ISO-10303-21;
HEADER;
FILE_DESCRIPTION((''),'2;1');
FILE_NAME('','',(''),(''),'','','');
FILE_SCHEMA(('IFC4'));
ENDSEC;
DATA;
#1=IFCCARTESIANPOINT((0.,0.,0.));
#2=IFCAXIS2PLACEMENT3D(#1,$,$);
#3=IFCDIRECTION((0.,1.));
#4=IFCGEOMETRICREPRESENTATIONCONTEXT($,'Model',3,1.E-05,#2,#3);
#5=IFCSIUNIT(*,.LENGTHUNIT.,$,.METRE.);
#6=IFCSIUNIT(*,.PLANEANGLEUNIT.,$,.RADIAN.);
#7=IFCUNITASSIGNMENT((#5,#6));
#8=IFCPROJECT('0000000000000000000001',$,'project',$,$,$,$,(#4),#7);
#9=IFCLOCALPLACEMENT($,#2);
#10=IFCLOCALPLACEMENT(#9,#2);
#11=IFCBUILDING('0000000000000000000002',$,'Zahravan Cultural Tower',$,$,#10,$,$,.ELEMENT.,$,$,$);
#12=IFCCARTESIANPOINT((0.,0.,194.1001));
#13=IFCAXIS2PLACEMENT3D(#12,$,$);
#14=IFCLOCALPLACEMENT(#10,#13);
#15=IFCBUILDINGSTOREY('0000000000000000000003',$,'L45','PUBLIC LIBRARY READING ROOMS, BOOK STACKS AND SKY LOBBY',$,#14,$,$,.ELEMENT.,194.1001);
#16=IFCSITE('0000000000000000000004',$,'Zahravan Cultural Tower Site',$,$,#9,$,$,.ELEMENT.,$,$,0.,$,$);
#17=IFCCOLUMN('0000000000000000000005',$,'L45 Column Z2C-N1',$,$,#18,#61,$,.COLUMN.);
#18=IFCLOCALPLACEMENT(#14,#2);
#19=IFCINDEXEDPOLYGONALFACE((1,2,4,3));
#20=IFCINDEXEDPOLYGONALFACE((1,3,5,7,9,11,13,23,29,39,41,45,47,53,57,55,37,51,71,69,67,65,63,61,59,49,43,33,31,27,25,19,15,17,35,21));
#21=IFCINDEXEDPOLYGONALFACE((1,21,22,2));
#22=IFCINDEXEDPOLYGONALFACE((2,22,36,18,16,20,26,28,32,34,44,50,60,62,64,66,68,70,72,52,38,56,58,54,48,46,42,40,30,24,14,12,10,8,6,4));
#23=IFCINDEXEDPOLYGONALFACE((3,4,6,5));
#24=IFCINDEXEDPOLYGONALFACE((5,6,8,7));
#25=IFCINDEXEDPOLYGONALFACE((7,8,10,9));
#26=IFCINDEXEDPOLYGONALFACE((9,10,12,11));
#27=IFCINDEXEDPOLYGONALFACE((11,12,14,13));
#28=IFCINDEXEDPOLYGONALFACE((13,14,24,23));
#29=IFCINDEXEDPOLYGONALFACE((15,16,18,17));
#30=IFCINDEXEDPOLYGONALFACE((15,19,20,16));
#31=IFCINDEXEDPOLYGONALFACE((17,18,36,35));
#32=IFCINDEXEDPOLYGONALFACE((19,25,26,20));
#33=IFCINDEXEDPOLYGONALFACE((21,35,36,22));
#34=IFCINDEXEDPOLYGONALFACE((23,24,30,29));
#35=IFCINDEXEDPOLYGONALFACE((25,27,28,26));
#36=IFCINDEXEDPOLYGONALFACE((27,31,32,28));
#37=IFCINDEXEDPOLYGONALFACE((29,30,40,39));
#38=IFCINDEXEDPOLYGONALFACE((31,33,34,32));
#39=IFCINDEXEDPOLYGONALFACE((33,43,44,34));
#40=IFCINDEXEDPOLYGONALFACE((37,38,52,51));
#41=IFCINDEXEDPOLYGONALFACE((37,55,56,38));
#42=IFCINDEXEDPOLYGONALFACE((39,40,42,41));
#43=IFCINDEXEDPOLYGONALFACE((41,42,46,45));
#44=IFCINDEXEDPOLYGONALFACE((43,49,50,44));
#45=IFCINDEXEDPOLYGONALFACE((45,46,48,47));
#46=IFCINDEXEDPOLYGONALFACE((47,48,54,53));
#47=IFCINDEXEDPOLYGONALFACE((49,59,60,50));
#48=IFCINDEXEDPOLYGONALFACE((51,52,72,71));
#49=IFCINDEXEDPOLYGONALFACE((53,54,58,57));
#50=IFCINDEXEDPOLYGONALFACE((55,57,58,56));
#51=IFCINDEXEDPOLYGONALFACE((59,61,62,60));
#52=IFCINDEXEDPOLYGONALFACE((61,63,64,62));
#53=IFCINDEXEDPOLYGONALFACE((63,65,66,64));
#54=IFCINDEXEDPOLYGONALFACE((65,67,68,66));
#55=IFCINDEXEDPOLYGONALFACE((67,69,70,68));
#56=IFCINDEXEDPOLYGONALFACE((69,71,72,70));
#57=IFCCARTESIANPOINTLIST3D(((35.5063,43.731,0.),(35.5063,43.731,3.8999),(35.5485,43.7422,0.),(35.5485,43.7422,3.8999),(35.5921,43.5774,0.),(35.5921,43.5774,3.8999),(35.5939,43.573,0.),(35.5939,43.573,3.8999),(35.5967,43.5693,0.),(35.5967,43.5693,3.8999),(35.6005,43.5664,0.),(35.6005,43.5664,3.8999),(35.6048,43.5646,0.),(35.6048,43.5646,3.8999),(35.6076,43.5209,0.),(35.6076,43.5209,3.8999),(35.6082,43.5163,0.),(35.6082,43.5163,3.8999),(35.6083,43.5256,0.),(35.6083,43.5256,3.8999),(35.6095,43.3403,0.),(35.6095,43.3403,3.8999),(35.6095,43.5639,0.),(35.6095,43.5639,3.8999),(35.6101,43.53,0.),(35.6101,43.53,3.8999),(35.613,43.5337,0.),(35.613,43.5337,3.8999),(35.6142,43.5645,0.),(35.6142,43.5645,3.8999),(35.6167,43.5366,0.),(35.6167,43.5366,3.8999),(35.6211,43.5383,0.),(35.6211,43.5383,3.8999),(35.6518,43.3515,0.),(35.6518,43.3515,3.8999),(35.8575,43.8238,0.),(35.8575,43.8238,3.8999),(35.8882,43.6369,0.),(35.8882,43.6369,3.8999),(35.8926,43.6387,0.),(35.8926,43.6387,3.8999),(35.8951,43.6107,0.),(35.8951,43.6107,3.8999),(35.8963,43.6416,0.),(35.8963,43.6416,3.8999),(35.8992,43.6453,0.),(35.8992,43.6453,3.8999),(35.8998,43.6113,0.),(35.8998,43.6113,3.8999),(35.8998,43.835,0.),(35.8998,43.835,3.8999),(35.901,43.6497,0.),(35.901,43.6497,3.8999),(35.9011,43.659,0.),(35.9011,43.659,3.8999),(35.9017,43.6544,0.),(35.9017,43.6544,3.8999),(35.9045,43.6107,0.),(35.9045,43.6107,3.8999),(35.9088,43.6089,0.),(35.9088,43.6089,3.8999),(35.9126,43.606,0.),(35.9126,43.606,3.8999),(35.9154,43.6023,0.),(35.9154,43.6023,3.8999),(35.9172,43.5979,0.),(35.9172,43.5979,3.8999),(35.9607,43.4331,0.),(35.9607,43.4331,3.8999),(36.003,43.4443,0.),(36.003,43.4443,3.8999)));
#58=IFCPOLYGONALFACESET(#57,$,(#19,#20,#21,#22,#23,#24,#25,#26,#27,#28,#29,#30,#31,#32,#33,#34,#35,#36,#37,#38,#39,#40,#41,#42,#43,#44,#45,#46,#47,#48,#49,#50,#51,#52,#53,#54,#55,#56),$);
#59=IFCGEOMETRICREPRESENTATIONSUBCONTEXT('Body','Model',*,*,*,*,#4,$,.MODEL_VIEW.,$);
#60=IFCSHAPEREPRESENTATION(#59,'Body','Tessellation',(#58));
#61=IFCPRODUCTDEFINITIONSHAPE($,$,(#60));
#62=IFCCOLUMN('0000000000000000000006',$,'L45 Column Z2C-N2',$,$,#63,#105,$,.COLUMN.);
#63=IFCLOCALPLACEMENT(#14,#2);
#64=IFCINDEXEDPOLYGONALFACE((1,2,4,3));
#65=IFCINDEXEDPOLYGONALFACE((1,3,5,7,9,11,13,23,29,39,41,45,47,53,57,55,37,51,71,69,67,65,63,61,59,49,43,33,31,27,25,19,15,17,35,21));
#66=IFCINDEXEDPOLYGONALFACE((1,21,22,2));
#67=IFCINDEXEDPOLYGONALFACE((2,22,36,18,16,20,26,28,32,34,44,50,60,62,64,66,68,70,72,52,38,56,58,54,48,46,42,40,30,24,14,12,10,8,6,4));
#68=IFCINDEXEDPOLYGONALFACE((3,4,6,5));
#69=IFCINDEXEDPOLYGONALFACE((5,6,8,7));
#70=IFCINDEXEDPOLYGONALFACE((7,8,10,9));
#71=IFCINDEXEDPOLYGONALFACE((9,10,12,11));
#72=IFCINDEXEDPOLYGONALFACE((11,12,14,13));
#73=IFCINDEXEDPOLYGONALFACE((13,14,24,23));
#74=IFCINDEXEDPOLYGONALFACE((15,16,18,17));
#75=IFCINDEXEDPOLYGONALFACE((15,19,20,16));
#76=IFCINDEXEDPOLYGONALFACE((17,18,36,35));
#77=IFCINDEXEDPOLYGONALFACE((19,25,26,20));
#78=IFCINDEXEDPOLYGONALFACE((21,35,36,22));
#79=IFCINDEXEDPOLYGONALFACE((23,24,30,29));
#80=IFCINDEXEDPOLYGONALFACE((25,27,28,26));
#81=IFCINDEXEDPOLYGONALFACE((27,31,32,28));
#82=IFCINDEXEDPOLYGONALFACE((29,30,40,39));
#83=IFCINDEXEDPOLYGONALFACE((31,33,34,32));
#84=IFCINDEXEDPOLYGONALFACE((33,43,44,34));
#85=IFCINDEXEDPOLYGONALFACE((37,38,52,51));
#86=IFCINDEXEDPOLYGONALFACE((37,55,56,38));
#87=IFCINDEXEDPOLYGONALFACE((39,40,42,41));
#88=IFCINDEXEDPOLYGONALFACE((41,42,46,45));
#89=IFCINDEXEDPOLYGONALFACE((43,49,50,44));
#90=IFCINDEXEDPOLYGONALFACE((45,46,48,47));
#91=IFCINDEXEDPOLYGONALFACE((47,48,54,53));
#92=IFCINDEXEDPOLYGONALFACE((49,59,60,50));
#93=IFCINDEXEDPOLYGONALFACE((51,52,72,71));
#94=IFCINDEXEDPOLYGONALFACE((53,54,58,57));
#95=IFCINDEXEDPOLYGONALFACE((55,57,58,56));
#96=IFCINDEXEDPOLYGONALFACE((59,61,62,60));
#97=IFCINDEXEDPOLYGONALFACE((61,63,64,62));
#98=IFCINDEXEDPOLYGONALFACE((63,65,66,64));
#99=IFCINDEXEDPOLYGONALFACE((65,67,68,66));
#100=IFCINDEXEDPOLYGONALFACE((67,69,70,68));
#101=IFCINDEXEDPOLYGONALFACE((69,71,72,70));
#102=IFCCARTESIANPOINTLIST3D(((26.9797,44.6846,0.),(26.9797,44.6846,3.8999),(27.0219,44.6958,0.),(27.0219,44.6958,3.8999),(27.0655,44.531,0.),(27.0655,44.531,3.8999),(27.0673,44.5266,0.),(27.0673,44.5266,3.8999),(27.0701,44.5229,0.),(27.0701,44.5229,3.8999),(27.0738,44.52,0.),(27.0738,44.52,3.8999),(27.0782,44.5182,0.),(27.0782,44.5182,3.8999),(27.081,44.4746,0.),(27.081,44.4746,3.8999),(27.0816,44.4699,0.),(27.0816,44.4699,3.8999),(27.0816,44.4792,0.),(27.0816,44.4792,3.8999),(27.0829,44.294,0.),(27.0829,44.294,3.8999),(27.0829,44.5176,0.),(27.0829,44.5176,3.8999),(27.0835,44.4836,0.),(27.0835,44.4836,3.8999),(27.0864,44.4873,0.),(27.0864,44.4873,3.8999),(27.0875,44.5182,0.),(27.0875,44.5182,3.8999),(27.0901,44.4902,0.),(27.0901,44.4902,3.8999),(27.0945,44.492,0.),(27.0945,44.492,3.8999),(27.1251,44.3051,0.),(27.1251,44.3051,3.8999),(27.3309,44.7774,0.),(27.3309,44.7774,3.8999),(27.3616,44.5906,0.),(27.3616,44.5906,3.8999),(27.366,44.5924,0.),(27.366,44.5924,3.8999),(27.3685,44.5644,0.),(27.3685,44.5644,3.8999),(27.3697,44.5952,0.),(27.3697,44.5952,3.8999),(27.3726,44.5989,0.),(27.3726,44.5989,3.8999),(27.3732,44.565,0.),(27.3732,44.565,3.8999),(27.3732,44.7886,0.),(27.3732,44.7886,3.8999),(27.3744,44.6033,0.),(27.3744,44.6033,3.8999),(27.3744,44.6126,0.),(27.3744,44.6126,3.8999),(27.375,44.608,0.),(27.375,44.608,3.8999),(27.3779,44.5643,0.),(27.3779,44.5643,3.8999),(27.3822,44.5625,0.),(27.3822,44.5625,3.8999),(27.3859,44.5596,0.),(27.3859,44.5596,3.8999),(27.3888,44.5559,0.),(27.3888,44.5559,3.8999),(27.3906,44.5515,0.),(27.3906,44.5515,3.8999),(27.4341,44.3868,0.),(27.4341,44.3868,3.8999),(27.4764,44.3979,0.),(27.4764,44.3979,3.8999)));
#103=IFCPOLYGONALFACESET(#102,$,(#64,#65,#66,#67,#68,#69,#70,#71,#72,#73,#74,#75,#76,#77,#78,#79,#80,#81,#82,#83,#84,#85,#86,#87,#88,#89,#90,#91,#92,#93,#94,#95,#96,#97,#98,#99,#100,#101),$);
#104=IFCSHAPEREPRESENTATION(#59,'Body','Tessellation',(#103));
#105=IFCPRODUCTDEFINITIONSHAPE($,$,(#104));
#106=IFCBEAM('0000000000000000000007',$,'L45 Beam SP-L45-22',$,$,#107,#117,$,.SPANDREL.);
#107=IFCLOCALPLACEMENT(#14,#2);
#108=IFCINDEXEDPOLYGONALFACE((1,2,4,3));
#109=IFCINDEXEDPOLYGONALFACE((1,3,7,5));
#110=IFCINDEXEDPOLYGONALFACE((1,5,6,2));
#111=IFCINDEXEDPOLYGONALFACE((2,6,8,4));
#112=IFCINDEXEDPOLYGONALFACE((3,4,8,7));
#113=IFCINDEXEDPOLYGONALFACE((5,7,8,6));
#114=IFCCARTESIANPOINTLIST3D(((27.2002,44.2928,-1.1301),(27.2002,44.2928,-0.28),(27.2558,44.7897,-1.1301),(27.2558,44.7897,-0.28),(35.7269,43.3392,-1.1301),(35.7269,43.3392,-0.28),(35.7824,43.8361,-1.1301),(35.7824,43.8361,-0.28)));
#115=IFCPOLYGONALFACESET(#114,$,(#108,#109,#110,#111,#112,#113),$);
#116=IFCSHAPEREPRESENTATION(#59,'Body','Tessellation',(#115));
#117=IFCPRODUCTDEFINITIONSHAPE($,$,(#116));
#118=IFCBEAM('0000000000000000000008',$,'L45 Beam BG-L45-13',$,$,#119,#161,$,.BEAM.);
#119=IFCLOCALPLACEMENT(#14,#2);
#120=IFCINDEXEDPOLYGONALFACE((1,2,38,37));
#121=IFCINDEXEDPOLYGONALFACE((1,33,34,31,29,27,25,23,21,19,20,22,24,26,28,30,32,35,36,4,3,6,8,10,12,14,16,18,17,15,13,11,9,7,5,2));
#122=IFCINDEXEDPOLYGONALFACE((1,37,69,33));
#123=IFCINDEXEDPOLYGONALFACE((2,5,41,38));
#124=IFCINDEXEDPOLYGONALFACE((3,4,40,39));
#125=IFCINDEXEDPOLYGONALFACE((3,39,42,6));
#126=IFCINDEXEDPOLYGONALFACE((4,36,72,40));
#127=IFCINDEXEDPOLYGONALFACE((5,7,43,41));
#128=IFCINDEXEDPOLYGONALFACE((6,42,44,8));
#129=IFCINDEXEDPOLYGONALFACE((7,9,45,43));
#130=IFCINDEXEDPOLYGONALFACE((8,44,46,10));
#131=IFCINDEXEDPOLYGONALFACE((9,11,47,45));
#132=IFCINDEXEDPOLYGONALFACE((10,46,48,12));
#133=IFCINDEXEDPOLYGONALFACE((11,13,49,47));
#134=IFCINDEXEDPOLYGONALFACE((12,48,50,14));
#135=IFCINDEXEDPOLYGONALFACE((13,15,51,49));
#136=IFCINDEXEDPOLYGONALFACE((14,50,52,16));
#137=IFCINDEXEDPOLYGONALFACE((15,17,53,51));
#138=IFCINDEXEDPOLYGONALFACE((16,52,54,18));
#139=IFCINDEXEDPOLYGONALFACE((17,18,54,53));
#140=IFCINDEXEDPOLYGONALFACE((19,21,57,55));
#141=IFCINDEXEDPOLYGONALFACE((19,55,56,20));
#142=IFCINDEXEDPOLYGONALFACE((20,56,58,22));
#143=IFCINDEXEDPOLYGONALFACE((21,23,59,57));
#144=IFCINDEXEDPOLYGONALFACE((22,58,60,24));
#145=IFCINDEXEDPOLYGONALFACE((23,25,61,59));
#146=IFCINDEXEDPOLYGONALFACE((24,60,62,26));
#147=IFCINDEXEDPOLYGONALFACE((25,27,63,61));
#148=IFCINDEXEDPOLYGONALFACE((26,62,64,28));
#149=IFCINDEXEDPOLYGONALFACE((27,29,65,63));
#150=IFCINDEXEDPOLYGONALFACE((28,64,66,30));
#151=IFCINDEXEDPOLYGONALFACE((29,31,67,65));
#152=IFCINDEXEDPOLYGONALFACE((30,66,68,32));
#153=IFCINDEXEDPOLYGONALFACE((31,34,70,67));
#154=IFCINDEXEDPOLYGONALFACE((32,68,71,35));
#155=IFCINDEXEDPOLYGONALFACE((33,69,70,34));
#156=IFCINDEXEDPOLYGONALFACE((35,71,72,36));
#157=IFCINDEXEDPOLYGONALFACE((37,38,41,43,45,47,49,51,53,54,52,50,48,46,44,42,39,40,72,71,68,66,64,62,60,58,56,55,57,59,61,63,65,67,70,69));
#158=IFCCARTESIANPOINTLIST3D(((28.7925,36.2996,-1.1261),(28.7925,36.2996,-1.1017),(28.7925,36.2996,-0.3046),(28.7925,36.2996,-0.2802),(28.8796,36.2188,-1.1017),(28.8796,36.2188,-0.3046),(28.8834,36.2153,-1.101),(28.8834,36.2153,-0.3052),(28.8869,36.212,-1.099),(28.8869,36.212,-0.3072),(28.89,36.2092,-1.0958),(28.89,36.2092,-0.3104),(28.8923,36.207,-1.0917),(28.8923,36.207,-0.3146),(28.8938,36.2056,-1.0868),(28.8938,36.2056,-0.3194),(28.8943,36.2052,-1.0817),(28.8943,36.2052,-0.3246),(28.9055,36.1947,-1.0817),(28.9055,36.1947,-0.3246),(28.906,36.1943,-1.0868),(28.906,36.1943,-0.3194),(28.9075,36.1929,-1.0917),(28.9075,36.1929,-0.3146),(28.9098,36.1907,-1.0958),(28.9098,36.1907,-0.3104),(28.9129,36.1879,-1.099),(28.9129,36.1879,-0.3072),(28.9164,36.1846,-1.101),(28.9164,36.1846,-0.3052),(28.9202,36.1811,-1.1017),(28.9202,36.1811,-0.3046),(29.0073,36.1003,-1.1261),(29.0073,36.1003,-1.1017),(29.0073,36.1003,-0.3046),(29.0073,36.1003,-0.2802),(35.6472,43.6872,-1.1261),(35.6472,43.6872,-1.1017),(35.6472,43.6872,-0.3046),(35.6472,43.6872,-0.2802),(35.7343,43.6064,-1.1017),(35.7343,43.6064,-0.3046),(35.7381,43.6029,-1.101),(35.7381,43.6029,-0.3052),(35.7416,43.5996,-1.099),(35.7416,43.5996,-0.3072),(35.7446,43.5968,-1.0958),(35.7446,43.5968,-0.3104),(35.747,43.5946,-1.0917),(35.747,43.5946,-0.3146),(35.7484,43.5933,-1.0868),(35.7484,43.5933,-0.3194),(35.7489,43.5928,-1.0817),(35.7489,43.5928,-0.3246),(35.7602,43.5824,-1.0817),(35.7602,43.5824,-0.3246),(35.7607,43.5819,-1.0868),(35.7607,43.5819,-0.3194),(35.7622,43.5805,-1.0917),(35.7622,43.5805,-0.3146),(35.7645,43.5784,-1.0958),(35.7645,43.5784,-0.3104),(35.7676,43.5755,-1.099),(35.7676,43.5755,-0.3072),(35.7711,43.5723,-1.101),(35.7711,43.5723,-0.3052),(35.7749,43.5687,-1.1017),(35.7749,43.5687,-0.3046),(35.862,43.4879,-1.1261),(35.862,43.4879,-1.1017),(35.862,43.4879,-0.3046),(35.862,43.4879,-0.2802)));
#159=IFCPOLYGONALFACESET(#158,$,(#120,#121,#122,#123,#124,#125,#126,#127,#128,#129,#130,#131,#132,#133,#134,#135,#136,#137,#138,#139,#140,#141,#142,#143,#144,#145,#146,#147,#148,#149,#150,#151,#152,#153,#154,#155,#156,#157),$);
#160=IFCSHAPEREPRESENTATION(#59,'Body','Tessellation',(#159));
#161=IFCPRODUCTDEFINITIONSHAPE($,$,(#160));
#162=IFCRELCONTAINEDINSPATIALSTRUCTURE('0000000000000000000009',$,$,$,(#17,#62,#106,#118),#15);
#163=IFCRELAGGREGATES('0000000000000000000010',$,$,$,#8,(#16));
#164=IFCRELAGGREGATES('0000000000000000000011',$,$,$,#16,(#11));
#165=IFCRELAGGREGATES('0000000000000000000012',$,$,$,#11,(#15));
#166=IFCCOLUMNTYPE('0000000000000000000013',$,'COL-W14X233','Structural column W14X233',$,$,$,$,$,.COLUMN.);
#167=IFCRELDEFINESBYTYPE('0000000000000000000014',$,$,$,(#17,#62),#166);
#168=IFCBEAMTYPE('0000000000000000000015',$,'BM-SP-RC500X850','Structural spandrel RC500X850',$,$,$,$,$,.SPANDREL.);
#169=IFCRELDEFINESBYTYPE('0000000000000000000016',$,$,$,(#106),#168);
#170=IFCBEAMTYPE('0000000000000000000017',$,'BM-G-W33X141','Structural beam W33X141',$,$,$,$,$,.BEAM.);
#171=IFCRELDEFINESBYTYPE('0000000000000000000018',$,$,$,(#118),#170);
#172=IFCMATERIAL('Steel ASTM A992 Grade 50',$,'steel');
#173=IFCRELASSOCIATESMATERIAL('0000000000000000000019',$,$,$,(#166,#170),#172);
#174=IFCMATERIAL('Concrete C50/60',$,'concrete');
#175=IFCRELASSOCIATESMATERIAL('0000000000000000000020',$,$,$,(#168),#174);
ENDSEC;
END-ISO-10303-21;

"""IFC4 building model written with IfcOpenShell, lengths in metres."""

from ifc_helpers import new_model, si_unit, direction, frame, origin, origin_2d, place, context, subcontext, project, spatial, rectangle, i_section, extrude, source, transform, mapped, material, material_profile, profile_set, type_object, element, save


model = new_model("IFC4")

# Units and contexts
model_context = context("Model", 3, precision=1e-05, world=origin(), true_north=direction((0.0, 1.0)))
body_context = subcontext(model_context, "Body", "Model", "MODEL_VIEW")
ifc_project = project(units=[si_unit("LENGTHUNIT", "METRE"), si_unit("PLANEANGLEUNIT", "RADIAN")], contexts=[model_context])

# Site, building, storey
site_placement = place(None, origin())
site = spatial("IfcSite", under=ifc_project, at=site_placement, Name="Zahravan Cultural Tower Site", CompositionType="ELEMENT", RefElevation=0.0)
building_placement = place(site_placement, origin())
building = spatial("IfcBuilding", under=site, at=building_placement, Name="Zahravan Cultural Tower", CompositionType="ELEMENT")
storey_placement = place(building_placement, frame((0.0, 0.0, 194.1001)))
storey = spatial("IfcBuildingStorey", under=building, at=storey_placement, Name="L45", Description="PUBLIC LIBRARY READING ROOMS, BOOK STACKS AND SKY LOBBY", CompositionType="ELEMENT", Elevation=194.1001)

# Columns
ifc_material_1 = material(Name="Steel ASTM A992 Grade 50", Category="steel")
ifc_material_profile_1 = material_profile(ifc_material_1, i_section(OverallWidth=0.4041, OverallDepth=0.407, WebThickness=0.0271, FlangeThickness=0.0437, FilletRadius=0.0181, at=origin_2d()), Name="W14X233")
ifc_profile_set_1 = profile_set([ifc_material_profile_1], Name="Steel ASTM A992 Grade 50")
column_type = type_object("IfcColumnType", Name="COL-W14X233", Description="Structural column W14X233", PredefinedType="COLUMN", material=ifc_profile_set_1)
shared_shape_1 = source(origin(), body_context, "Body", "SweptSolid", [
    extrude(i_section(OverallWidth=0.4041, OverallDepth=0.407, WebThickness=0.0271, FlangeThickness=0.0437, FilletRadius=0.0181, at=origin_2d()), origin(), (0.0, 0.0, 1.0), 3.8999),
])
for number, where, z_axis, x_axis, name in (
    (1, (35.7546, 43.5876, 0.0), (0.0, 0.0, 1.0), (-0.255446, 0.966823, 0.0), "L45 Column Z2C-N1"),
    (2, (27.228, 44.5413, 0.0), (0.0, 0.0, 1.0), (-0.255446, 0.966823, 0.0), "L45 Column Z2C-N2"),
):
    element("IfcColumn", number, at=place(storey_placement, frame(where, z_axis=z_axis, x_axis=x_axis)), inside=storey, type_object=column_type, Name=name, PredefinedType="COLUMN", context=body_context, shape_type="MappedRepresentation", body=[
        mapped(shared_shape_1, transform((0.0, 0.0, 0.0), x_axis=(1.0, 0.0, 0.0), y_axis=(0.0, 1.0, 0.0), z_axis=(0.0, 0.0, 1.0), scale=1.0)),
    ])

# Beams
ifc_material_2 = material(Name="Concrete C50/60", Category="concrete")
ifc_material_profile_2 = material_profile(ifc_material_2, rectangle(XDim=0.5, YDim=0.8501, at=origin_2d()), Name="RC500X850")
ifc_profile_set_2 = profile_set([ifc_material_profile_2], Name="Concrete C50/60")
beam_type_1 = type_object("IfcBeamType", Name="BM-SP-RC500X850", Description="Structural spandrel RC500X850", PredefinedType="SPANDREL", material=ifc_profile_set_2)
shared_shape_2 = source(origin(), body_context, "Body", "SweptSolid", [
    extrude(rectangle(XDim=0.5, YDim=0.8501, at=origin_2d()), origin(), (0.0, 0.0, 1.0), 8.5798),
])
beam_1_placement = place(storey_placement, frame((35.7546, 43.5876, -0.7051), z_axis=(-0.993804, 0.111147, 0.0), x_axis=(-0.111147, -0.993804, 0.0)))
element("IfcBeam", 3, at=beam_1_placement, inside=storey, type_object=beam_type_1, Name="L45 Beam SP-L45-22", PredefinedType="SPANDREL", context=body_context, shape_type="MappedRepresentation", body=[
    mapped(shared_shape_2, transform((0.0, 0.0, 0.0), x_axis=(1.0, 0.0, 0.0), y_axis=(0.0, 1.0, 0.0), z_axis=(0.0, 0.0, 1.0), scale=1.0)),
])
ifc_material_profile_3 = material_profile(ifc_material_1, i_section(OverallWidth=0.293, OverallDepth=0.8459, WebThickness=0.0154, FlangeThickness=0.0244, FilletRadius=0.02, at=origin_2d()), Name="W33X141")
ifc_profile_set_3 = profile_set([ifc_material_profile_3], Name="Steel ASTM A992 Grade 50")
beam_type_2 = type_object("IfcBeamType", Name="BM-G-W33X141", Description="Structural beam W33X141", PredefinedType="BEAM", material=ifc_profile_set_3)
shared_shape_3 = source(origin(), body_context, "Body", "SweptSolid", [
    extrude(i_section(OverallWidth=0.293, OverallDepth=0.8459, WebThickness=0.0154, FlangeThickness=0.0244, FilletRadius=0.02, at=origin_2d()), origin(), (0.0, 0.0, 1.0), 10.0779),
])
beam_2_placement = place(storey_placement, frame((28.8999, 36.2, -0.7031), z_axis=(0.68017, 0.733054, 0.0), x_axis=(-0.733054, 0.68017, 0.0)))
element("IfcBeam", 4, at=beam_2_placement, inside=storey, type_object=beam_type_2, Name="L45 Beam BG-L45-13", PredefinedType="BEAM", context=body_context, shape_type="MappedRepresentation", body=[
    mapped(shared_shape_3, transform((0.0, 0.0, 0.0), x_axis=(1.0, 0.0, 0.0), y_axis=(0.0, 1.0, 0.0), z_axis=(0.0, 0.0, 1.0), scale=1.0)),
])

save(model, "model.ifc")
